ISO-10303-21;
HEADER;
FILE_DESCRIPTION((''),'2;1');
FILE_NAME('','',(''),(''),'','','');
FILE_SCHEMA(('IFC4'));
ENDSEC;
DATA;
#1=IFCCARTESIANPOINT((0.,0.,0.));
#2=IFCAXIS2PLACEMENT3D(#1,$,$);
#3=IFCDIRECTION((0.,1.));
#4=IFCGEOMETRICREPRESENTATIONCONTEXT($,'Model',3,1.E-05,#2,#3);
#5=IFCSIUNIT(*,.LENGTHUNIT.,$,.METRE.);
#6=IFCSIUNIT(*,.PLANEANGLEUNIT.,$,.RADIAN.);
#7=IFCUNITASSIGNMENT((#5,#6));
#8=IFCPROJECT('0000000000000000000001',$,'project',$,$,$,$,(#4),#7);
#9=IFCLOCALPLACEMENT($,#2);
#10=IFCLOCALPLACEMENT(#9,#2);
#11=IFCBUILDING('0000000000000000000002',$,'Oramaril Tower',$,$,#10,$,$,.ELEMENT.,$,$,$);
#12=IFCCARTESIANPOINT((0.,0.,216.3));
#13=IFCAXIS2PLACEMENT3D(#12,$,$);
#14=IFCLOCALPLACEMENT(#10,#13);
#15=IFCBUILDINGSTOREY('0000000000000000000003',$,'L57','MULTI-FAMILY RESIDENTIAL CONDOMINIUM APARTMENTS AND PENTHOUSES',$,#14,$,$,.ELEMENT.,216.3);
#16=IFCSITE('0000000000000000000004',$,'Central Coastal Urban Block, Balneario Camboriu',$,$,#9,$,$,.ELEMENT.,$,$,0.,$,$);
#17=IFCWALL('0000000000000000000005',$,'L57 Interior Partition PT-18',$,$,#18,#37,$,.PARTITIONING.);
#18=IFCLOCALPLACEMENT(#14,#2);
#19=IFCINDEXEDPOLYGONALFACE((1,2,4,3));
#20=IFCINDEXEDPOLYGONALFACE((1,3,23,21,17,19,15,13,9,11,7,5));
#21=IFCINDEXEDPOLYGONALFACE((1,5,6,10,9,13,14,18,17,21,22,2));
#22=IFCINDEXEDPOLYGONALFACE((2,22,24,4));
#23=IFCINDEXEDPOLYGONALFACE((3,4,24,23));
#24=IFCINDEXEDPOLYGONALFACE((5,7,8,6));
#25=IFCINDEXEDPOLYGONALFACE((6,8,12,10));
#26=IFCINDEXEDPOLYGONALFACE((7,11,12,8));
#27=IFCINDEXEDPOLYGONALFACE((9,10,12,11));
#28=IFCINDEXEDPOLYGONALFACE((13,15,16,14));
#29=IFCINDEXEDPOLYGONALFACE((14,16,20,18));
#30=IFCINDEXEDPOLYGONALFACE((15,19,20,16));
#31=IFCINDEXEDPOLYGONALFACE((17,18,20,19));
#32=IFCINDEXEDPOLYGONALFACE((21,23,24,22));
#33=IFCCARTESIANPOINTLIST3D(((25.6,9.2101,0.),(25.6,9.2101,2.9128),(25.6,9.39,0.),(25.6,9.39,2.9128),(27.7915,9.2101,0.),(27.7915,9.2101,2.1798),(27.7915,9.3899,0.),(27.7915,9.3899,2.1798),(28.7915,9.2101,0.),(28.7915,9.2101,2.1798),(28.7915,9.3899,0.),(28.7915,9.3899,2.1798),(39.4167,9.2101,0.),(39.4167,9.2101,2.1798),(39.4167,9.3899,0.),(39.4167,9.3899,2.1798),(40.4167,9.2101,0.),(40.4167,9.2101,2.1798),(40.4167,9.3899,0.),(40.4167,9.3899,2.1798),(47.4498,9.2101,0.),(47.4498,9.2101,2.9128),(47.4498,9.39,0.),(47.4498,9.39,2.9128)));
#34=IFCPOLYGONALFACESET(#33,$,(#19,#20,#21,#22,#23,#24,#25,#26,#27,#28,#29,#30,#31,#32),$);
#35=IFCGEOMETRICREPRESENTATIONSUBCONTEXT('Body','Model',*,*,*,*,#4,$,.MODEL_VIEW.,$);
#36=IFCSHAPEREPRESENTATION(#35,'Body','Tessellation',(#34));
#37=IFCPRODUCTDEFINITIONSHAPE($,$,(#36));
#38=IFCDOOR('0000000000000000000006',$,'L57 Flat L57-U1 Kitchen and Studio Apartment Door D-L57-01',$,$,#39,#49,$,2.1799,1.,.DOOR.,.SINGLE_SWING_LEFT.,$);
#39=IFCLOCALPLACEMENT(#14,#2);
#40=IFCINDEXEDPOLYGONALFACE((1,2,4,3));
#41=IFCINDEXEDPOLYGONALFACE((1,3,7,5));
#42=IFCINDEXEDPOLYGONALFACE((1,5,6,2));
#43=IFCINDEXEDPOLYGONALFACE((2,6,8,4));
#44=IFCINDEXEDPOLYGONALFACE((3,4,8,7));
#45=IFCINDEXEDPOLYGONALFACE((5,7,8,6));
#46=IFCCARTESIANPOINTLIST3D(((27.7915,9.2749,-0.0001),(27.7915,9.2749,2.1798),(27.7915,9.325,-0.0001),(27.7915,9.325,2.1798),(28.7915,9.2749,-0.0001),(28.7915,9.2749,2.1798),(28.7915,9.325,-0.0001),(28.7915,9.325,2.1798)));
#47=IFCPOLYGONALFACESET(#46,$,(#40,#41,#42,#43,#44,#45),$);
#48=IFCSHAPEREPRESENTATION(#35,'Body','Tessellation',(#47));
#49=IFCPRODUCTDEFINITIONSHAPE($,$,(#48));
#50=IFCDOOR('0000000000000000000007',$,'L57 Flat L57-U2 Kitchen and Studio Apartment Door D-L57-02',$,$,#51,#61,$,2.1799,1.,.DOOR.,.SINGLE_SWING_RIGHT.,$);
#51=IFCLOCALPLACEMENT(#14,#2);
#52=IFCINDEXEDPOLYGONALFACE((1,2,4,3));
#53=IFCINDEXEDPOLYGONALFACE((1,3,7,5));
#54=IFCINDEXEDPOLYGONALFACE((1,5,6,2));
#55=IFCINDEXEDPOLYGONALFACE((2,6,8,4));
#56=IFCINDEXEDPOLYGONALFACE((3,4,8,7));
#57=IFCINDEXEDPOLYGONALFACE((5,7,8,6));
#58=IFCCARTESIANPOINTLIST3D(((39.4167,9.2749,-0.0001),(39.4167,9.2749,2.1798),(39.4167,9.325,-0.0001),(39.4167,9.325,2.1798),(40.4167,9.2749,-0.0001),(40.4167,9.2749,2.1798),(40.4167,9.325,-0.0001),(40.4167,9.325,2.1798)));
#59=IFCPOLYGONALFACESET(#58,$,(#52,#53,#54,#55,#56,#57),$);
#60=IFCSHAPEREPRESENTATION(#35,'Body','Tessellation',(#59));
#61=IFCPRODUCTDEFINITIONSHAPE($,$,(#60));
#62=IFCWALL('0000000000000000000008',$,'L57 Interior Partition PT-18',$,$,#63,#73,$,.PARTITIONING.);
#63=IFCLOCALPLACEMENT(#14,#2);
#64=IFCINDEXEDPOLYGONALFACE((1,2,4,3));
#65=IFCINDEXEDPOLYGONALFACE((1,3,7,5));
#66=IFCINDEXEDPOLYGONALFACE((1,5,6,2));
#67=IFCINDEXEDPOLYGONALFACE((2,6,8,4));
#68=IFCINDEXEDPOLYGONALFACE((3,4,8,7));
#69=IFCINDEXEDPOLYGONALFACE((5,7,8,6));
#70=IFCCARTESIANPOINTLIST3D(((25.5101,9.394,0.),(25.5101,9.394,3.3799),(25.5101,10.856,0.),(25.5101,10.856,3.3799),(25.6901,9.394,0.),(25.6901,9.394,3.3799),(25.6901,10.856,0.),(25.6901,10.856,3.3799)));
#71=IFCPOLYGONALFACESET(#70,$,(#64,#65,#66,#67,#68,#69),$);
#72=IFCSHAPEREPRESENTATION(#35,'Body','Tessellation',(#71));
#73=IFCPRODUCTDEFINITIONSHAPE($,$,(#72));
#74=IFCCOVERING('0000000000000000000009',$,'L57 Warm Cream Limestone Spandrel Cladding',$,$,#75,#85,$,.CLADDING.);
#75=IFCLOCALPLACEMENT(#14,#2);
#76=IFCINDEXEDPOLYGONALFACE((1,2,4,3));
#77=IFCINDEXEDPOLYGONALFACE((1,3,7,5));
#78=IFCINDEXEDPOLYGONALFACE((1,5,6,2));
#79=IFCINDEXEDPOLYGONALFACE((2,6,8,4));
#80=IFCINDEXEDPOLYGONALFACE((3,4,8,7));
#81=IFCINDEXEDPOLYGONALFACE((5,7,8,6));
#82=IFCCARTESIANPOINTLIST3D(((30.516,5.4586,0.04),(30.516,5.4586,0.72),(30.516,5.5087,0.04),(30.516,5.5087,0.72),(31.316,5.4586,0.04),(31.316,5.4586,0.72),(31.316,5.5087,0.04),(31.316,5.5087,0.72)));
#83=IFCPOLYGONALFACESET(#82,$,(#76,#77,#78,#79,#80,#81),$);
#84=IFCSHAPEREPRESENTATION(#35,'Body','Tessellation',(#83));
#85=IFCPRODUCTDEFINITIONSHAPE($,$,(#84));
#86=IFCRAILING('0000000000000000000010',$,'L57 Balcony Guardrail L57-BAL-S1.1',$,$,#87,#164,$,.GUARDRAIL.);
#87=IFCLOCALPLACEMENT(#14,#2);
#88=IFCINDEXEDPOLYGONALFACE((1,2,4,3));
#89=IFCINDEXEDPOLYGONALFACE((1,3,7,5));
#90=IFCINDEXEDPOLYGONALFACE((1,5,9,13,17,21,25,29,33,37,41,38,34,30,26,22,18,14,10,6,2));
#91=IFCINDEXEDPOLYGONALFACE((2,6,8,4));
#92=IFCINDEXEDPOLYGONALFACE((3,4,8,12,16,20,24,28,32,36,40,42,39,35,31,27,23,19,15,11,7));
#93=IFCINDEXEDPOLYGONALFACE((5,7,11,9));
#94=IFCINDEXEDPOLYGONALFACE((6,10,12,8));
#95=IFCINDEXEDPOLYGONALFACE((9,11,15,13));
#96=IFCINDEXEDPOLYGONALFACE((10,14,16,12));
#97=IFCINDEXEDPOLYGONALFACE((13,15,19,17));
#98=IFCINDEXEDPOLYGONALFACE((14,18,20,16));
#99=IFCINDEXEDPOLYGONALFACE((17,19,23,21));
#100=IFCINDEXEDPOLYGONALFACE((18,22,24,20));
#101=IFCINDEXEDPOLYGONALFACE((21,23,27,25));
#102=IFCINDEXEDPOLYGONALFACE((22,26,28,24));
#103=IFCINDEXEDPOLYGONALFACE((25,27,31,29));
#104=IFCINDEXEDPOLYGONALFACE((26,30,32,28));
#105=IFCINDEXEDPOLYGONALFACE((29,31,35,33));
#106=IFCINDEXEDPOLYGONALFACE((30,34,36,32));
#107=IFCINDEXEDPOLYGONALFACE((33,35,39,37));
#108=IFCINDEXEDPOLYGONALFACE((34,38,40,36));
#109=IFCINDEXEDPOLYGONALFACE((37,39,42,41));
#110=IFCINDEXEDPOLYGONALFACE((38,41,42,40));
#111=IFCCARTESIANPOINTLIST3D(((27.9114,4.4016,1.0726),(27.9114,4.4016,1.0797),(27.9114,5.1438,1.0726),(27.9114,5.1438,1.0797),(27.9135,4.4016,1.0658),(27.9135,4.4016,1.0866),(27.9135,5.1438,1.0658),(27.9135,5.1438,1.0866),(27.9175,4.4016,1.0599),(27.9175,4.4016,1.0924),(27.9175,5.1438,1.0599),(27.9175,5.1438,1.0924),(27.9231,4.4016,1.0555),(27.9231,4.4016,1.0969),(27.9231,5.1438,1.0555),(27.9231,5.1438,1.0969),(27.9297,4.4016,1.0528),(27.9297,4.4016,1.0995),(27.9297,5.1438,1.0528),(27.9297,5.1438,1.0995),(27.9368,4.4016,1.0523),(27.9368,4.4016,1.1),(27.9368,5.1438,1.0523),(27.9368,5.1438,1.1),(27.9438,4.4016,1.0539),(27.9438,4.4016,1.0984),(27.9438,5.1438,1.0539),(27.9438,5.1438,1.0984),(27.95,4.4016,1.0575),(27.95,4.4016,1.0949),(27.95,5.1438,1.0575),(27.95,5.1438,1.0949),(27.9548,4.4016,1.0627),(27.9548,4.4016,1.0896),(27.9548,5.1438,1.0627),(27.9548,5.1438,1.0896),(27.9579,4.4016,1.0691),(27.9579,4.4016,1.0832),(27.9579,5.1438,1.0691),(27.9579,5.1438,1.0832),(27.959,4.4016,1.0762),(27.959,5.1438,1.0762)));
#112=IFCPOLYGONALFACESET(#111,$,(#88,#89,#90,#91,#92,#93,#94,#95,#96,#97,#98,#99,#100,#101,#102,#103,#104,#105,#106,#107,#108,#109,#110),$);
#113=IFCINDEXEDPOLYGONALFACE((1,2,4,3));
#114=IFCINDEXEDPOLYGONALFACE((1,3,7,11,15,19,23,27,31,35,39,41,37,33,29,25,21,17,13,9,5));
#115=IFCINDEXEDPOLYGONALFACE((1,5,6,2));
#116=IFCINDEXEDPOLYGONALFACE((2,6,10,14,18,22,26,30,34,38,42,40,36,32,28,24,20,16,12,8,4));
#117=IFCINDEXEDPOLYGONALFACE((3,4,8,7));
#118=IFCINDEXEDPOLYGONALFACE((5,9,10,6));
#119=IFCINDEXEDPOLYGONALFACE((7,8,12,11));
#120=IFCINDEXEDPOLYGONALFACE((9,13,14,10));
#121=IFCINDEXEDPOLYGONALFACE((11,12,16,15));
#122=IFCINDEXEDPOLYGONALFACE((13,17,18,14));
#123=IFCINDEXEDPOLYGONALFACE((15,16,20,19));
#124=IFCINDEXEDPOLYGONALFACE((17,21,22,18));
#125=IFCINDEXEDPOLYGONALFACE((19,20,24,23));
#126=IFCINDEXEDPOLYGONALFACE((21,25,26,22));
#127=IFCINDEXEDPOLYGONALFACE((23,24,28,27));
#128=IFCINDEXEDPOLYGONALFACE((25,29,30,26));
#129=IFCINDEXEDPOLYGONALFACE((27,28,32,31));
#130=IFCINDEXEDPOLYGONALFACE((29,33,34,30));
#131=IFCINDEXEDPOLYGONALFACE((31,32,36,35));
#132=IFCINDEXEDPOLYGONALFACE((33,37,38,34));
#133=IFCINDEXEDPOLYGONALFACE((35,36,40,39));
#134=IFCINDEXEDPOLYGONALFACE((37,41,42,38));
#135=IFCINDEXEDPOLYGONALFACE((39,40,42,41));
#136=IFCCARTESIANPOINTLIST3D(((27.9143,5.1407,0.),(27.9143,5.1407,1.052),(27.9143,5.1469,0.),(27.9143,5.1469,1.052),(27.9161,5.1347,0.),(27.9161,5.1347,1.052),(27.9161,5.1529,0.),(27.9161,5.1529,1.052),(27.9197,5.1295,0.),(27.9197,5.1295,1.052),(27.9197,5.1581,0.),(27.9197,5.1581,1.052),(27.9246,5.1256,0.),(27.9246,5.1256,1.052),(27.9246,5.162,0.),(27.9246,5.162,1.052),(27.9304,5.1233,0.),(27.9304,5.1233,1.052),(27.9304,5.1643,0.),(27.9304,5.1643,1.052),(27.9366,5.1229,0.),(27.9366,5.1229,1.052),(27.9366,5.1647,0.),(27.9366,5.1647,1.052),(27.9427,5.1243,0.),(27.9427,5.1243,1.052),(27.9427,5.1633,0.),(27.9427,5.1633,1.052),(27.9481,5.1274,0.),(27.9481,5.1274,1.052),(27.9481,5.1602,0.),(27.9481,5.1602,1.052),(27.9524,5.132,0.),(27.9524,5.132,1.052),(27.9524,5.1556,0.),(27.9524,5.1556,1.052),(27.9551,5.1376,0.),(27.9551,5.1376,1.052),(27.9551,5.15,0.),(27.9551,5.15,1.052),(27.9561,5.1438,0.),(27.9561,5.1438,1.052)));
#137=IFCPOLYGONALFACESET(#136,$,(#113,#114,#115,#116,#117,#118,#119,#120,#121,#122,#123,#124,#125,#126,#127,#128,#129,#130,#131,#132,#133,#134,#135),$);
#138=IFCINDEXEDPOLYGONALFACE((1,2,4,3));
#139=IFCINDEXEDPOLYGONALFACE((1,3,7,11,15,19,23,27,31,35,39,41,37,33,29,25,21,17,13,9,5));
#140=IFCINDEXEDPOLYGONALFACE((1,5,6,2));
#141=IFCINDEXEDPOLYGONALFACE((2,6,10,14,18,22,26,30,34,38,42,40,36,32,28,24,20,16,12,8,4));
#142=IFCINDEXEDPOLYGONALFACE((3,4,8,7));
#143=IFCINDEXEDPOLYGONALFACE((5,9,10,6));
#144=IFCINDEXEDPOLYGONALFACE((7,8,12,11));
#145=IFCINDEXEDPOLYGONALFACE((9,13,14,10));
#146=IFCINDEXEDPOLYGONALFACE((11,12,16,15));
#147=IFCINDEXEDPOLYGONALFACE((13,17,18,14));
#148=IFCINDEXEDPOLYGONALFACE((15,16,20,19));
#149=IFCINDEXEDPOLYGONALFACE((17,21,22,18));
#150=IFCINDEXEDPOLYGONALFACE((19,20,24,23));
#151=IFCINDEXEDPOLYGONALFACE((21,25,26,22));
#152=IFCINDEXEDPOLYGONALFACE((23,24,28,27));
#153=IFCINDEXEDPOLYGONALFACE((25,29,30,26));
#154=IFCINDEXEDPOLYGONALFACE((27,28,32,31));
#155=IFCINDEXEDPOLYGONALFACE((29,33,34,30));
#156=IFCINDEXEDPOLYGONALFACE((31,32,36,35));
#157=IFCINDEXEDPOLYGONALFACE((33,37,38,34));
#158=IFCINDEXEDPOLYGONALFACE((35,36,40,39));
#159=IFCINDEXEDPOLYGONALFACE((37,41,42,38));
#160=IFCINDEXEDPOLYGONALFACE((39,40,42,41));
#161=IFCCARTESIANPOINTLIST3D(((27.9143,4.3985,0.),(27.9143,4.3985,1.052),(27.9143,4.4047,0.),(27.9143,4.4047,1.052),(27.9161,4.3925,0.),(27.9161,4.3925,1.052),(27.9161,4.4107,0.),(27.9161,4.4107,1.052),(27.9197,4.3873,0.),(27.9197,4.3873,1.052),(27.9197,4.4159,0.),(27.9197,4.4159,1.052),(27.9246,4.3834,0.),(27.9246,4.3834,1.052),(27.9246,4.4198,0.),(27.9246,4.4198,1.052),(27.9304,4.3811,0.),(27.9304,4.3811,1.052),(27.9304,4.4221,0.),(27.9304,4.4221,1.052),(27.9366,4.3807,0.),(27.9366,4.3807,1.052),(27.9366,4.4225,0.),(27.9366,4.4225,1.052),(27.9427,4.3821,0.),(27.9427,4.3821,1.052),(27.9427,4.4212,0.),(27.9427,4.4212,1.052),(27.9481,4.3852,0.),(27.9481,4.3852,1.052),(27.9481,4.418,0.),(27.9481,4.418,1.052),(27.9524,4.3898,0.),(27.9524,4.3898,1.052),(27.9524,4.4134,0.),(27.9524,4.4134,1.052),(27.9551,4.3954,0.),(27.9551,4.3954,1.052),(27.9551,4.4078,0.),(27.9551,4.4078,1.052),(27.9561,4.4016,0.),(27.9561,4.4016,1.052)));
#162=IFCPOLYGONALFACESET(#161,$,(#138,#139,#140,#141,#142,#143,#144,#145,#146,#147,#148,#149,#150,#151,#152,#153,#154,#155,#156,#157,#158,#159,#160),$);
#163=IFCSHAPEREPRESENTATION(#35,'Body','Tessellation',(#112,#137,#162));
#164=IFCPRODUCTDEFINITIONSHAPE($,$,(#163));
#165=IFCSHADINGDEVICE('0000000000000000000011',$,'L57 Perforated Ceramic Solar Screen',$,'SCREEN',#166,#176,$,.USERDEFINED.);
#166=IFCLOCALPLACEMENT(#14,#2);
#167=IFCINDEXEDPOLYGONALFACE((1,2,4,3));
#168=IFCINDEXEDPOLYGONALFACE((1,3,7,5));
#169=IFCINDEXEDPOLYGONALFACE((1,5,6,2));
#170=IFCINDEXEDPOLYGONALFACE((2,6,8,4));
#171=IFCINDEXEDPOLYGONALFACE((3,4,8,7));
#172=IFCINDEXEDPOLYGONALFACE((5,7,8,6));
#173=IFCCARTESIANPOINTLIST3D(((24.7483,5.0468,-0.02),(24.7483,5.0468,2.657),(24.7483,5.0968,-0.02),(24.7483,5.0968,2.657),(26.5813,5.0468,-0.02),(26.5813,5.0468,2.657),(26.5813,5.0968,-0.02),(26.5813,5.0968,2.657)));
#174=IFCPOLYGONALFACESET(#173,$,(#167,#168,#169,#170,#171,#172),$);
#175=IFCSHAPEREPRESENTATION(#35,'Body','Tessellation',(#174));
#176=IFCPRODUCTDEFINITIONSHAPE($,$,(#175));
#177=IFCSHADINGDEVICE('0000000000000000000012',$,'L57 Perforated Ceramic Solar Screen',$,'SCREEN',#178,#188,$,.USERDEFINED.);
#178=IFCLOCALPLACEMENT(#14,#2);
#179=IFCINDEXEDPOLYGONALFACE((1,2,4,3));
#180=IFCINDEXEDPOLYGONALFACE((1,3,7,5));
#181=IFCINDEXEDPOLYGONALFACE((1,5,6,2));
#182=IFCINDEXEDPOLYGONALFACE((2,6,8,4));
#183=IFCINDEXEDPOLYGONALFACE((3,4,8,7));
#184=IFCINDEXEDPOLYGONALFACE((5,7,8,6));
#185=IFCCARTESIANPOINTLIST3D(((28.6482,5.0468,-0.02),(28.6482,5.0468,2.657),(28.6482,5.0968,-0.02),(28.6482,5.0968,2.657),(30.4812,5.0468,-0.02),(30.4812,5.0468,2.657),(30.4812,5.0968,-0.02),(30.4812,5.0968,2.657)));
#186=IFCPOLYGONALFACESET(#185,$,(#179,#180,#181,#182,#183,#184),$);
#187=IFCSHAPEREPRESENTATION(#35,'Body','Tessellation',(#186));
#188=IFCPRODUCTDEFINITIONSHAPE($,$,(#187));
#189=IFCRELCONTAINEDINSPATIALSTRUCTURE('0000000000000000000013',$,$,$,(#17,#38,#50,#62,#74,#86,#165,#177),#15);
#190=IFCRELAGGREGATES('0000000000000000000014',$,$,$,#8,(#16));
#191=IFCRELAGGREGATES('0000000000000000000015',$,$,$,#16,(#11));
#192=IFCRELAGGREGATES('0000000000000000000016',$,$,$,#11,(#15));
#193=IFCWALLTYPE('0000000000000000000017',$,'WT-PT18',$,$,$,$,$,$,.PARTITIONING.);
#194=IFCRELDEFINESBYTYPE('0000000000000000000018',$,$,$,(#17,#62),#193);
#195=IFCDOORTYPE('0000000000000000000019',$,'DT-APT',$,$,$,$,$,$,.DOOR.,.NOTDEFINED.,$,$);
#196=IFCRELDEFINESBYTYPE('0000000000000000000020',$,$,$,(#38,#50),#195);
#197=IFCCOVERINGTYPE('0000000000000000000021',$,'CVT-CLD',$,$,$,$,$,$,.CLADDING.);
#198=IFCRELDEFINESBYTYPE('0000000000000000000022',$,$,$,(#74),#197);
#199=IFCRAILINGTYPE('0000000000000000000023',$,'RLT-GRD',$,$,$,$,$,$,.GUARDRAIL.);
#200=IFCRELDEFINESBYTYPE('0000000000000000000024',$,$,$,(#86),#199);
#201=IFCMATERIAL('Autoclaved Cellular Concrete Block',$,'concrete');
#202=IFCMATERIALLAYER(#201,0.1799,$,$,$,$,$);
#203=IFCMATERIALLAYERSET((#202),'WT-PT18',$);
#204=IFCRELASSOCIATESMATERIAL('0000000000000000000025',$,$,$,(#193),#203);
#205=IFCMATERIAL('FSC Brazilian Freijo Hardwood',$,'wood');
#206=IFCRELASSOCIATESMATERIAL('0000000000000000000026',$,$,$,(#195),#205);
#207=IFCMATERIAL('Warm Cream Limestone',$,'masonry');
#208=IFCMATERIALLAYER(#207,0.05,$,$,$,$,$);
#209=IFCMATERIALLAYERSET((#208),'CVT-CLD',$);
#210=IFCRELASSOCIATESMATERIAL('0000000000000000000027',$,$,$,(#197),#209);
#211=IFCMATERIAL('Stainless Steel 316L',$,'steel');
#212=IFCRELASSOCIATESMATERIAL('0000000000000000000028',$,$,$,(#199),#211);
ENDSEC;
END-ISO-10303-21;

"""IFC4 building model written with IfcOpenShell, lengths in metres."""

from ifc_helpers import new_model, si_unit, direction, frame, frame_2d, origin, origin_2d, place, context, subcontext, project, spatial, rectangle, circle, extrude, material, layer, layer_set, type_object, element, fill, save


model = new_model("IFC4")

# Units and contexts
model_context = context("Model", 3, precision=1e-05, world=origin(), true_north=direction((0.0, 1.0)))
body_context = subcontext(model_context, "Body", "Model", "MODEL_VIEW")
ifc_project = project(units=[si_unit("LENGTHUNIT", "METRE"), si_unit("PLANEANGLEUNIT", "RADIAN")], contexts=[model_context])

# Site, building, storey
site_placement = place(None, origin())
site = spatial("IfcSite", under=ifc_project, at=site_placement, Name="Central Coastal Urban Block, Balneario Camboriu", CompositionType="ELEMENT", RefElevation=0.0)
building_placement = place(site_placement, origin())
building = spatial("IfcBuilding", under=site, at=building_placement, Name="Oramaril Tower", CompositionType="ELEMENT")
storey_placement = place(building_placement, frame((0.0, 0.0, 216.3)))
storey = spatial("IfcBuildingStorey", under=building, at=storey_placement, Name="L57", Description="MULTI-FAMILY RESIDENTIAL CONDOMINIUM APARTMENTS AND PENTHOUSES", CompositionType="ELEMENT", Elevation=216.3)

# Wall, openings, doors
ifc_material_1 = material(Name="Autoclaved Cellular Concrete Block", Category="concrete")
ifc_layer_1 = layer(ifc_material_1, 0.1799)
ifc_layer_set_1 = layer_set([ifc_layer_1], Name="WT-PT18")
wall_type_1 = type_object("IfcWallType", Name="WT-PT18", PredefinedType="PARTITIONING", material=ifc_layer_set_1)
wall_1_placement = place(storey_placement, frame((25.6001, 9.3, 0.0), z_axis=(0.0, 0.0, 1.0), x_axis=(1.0, 0.0, 0.0)))
wall_1 = element("IfcWall", 1, at=wall_1_placement, inside=storey, type_object=wall_type_1, Name="L57 Interior Partition PT-18", PredefinedType="PARTITIONING", context=body_context, shape_type="SweptSolid", body=[
    extrude(rectangle(XDim=21.8499, YDim=0.1799, at=frame_2d((10.9248, 0.0))), origin(), (0.0, 0.0, 1.0), 2.9128),
])
opening_1_placement = place(wall_1_placement, frame((2.1914, 0.0, 0.0)))
opening_1 = element("IfcOpeningElement", 2, at=opening_1_placement, cuts=wall_1, PredefinedType="OPENING", context=body_context, shape_type="SweptSolid", body=[
    extrude(rectangle(XDim=1.0, YDim=2.1799, at=frame_2d((0.5, 1.0898))), frame((0.0, 0.0898, 0.0), z_axis=(0.0, -1.0, 0.0), x_axis=(1.0, 0.0, 0.0)), (0.0, 0.0, 1.0), 0.1799),
])
opening_2_placement = place(wall_1_placement, frame((13.8167, 0.0, 0.0)))
opening_2 = element("IfcOpeningElement", 3, at=opening_2_placement, cuts=wall_1, PredefinedType="OPENING", context=body_context, shape_type="SweptSolid", body=[
    extrude(rectangle(XDim=1.0, YDim=2.1799, at=frame_2d((0.5, 1.0898))), frame((0.0, 0.0898, 0.0), z_axis=(0.0, -1.0, 0.0), x_axis=(1.0, 0.0, 0.0)), (0.0, 0.0, 1.0), 0.1799),
])
ifc_material_2 = material(Name="FSC Brazilian Freijo Hardwood", Category="wood")
door_type_1 = type_object("IfcDoorType", Name="DT-APT", OperationType="NOTDEFINED", PredefinedType="DOOR", material=ifc_material_2)
door_1_placement = place(opening_1_placement, origin())
door_1 = element("IfcDoor", 4, at=door_1_placement, inside=storey, type_object=door_type_1, Name="L57 Flat L57-U1 Kitchen and Studio Apartment Door D-L57-01", OperationType="SINGLE_SWING_LEFT", OverallHeight=2.1799, OverallWidth=1.0, PredefinedType="DOOR", context=body_context, shape_type="SweptSolid", body=[
    extrude(rectangle(XDim=1.0, YDim=2.1799, at=frame_2d((0.5, 1.0898))), frame((0.0, 0.0249, 0.0), z_axis=(0.0, -1.0, 0.0), x_axis=(1.0, 0.0, 0.0)), (0.0, 0.0, 1.0), 0.05),
])
fill(opening_1, door_1)
door_2_placement = place(opening_2_placement, origin())
door_2 = element("IfcDoor", 5, at=door_2_placement, inside=storey, type_object=door_type_1, Name="L57 Flat L57-U2 Kitchen and Studio Apartment Door D-L57-02", OperationType="SINGLE_SWING_RIGHT", OverallHeight=2.1799, OverallWidth=1.0, PredefinedType="DOOR", context=body_context, shape_type="SweptSolid", body=[
    extrude(rectangle(XDim=1.0, YDim=2.1799, at=frame_2d((0.5, 1.0898))), frame((0.0, 0.0249, 0.0), z_axis=(0.0, -1.0, 0.0), x_axis=(1.0, 0.0, 0.0)), (0.0, 0.0, 1.0), 0.05),
])
fill(opening_2, door_2)

# Wall
wall_2_placement = place(storey_placement, frame((25.6001, 9.394, 0.0), z_axis=(0.0, 0.0, 1.0), x_axis=(0.0, 1.0, 0.0)))
element("IfcWall", 6, at=wall_2_placement, inside=storey, type_object=wall_type_1, Name="L57 Interior Partition PT-18", PredefinedType="PARTITIONING", context=body_context, shape_type="SweptSolid", body=[
    extrude(rectangle(XDim=1.4619, YDim=0.1799, at=frame_2d((0.731, 0.0))), origin(), (0.0, 0.0, 1.0), 3.3799),
])

# Covering
ifc_material_3 = material(Name="Warm Cream Limestone", Category="masonry")
ifc_layer_2 = layer(ifc_material_3, 0.05)
ifc_layer_set_2 = layer_set([ifc_layer_2], Name="CVT-CLD")
covering_type = type_object("IfcCoveringType", Name="CVT-CLD", PredefinedType="CLADDING", material=ifc_layer_set_2)
covering_placement = place(storey_placement, frame((30.916, 5.4836, 0.04), z_axis=(0.0, 0.0, 1.0), x_axis=(1.0, 0.0, 0.0)))
element("IfcCovering", 7, at=covering_placement, inside=storey, type_object=covering_type, Name="L57 Warm Cream Limestone Spandrel Cladding", PredefinedType="CLADDING", context=body_context, shape_type="SweptSolid", body=[
    extrude(rectangle(XDim=0.8, YDim=0.05, at=origin_2d()), origin(), (0.0, 0.0, 1.0), 0.6799),
])

# Railing
ifc_material_4 = material(Name="Stainless Steel 316L", Category="steel")
railing_type = type_object("IfcRailingType", Name="RLT-GRD", PredefinedType="GUARDRAIL", material=ifc_material_4)
railing_1_placement = place(storey_placement, frame((27.9351, 5.1438, 0.0)))
element("IfcRailing", 8, at=railing_1_placement, inside=storey, type_object=railing_type, Name="L57 Balcony Guardrail L57-BAL-S1.1", PredefinedType="GUARDRAIL", context=body_context, shape_type="SweptSolid", body=[
    extrude(circle(Radius=0.0239, at=origin_2d()), frame((0.0, 0.0, 1.0762), z_axis=(0.0, -1.0, 0.0), x_axis=(1.0, 0.0, 0.0)), (0.0, 0.0, 1.0), 0.7422),
    extrude(circle(Radius=0.021, at=origin_2d()), origin(), (0.0, 0.0, 1.0), 1.052),
    extrude(circle(Radius=0.021, at=origin_2d()), frame((0.0, -0.7422, 0.0)), (0.0, 0.0, 1.0), 1.052),
])

# Shading devices
for number, where, z_axis, x_axis, name in (
    (9, (25.6648, 5.0718, -0.02), (0.0, 0.0, 1.0), (1.0, 0.0, 0.0), "L57 Perforated Ceramic Solar Screen"),
    (10, (29.5647, 5.0718, -0.02), (0.0, 0.0, 1.0), (1.0, 0.0, 0.0), "L57 Perforated Ceramic Solar Screen"),
):
    element("IfcShadingDevice", number, at=place(storey_placement, frame(where, z_axis=z_axis, x_axis=x_axis)), inside=storey, Name=name, ObjectType="SCREEN", PredefinedType="USERDEFINED", context=body_context, shape_type="SweptSolid", body=[
        extrude(rectangle(XDim=1.833, YDim=0.05, at=origin_2d()), origin(), (0.0, 0.0, 1.0), 2.677),
    ])

save(model, "model.ifc")
